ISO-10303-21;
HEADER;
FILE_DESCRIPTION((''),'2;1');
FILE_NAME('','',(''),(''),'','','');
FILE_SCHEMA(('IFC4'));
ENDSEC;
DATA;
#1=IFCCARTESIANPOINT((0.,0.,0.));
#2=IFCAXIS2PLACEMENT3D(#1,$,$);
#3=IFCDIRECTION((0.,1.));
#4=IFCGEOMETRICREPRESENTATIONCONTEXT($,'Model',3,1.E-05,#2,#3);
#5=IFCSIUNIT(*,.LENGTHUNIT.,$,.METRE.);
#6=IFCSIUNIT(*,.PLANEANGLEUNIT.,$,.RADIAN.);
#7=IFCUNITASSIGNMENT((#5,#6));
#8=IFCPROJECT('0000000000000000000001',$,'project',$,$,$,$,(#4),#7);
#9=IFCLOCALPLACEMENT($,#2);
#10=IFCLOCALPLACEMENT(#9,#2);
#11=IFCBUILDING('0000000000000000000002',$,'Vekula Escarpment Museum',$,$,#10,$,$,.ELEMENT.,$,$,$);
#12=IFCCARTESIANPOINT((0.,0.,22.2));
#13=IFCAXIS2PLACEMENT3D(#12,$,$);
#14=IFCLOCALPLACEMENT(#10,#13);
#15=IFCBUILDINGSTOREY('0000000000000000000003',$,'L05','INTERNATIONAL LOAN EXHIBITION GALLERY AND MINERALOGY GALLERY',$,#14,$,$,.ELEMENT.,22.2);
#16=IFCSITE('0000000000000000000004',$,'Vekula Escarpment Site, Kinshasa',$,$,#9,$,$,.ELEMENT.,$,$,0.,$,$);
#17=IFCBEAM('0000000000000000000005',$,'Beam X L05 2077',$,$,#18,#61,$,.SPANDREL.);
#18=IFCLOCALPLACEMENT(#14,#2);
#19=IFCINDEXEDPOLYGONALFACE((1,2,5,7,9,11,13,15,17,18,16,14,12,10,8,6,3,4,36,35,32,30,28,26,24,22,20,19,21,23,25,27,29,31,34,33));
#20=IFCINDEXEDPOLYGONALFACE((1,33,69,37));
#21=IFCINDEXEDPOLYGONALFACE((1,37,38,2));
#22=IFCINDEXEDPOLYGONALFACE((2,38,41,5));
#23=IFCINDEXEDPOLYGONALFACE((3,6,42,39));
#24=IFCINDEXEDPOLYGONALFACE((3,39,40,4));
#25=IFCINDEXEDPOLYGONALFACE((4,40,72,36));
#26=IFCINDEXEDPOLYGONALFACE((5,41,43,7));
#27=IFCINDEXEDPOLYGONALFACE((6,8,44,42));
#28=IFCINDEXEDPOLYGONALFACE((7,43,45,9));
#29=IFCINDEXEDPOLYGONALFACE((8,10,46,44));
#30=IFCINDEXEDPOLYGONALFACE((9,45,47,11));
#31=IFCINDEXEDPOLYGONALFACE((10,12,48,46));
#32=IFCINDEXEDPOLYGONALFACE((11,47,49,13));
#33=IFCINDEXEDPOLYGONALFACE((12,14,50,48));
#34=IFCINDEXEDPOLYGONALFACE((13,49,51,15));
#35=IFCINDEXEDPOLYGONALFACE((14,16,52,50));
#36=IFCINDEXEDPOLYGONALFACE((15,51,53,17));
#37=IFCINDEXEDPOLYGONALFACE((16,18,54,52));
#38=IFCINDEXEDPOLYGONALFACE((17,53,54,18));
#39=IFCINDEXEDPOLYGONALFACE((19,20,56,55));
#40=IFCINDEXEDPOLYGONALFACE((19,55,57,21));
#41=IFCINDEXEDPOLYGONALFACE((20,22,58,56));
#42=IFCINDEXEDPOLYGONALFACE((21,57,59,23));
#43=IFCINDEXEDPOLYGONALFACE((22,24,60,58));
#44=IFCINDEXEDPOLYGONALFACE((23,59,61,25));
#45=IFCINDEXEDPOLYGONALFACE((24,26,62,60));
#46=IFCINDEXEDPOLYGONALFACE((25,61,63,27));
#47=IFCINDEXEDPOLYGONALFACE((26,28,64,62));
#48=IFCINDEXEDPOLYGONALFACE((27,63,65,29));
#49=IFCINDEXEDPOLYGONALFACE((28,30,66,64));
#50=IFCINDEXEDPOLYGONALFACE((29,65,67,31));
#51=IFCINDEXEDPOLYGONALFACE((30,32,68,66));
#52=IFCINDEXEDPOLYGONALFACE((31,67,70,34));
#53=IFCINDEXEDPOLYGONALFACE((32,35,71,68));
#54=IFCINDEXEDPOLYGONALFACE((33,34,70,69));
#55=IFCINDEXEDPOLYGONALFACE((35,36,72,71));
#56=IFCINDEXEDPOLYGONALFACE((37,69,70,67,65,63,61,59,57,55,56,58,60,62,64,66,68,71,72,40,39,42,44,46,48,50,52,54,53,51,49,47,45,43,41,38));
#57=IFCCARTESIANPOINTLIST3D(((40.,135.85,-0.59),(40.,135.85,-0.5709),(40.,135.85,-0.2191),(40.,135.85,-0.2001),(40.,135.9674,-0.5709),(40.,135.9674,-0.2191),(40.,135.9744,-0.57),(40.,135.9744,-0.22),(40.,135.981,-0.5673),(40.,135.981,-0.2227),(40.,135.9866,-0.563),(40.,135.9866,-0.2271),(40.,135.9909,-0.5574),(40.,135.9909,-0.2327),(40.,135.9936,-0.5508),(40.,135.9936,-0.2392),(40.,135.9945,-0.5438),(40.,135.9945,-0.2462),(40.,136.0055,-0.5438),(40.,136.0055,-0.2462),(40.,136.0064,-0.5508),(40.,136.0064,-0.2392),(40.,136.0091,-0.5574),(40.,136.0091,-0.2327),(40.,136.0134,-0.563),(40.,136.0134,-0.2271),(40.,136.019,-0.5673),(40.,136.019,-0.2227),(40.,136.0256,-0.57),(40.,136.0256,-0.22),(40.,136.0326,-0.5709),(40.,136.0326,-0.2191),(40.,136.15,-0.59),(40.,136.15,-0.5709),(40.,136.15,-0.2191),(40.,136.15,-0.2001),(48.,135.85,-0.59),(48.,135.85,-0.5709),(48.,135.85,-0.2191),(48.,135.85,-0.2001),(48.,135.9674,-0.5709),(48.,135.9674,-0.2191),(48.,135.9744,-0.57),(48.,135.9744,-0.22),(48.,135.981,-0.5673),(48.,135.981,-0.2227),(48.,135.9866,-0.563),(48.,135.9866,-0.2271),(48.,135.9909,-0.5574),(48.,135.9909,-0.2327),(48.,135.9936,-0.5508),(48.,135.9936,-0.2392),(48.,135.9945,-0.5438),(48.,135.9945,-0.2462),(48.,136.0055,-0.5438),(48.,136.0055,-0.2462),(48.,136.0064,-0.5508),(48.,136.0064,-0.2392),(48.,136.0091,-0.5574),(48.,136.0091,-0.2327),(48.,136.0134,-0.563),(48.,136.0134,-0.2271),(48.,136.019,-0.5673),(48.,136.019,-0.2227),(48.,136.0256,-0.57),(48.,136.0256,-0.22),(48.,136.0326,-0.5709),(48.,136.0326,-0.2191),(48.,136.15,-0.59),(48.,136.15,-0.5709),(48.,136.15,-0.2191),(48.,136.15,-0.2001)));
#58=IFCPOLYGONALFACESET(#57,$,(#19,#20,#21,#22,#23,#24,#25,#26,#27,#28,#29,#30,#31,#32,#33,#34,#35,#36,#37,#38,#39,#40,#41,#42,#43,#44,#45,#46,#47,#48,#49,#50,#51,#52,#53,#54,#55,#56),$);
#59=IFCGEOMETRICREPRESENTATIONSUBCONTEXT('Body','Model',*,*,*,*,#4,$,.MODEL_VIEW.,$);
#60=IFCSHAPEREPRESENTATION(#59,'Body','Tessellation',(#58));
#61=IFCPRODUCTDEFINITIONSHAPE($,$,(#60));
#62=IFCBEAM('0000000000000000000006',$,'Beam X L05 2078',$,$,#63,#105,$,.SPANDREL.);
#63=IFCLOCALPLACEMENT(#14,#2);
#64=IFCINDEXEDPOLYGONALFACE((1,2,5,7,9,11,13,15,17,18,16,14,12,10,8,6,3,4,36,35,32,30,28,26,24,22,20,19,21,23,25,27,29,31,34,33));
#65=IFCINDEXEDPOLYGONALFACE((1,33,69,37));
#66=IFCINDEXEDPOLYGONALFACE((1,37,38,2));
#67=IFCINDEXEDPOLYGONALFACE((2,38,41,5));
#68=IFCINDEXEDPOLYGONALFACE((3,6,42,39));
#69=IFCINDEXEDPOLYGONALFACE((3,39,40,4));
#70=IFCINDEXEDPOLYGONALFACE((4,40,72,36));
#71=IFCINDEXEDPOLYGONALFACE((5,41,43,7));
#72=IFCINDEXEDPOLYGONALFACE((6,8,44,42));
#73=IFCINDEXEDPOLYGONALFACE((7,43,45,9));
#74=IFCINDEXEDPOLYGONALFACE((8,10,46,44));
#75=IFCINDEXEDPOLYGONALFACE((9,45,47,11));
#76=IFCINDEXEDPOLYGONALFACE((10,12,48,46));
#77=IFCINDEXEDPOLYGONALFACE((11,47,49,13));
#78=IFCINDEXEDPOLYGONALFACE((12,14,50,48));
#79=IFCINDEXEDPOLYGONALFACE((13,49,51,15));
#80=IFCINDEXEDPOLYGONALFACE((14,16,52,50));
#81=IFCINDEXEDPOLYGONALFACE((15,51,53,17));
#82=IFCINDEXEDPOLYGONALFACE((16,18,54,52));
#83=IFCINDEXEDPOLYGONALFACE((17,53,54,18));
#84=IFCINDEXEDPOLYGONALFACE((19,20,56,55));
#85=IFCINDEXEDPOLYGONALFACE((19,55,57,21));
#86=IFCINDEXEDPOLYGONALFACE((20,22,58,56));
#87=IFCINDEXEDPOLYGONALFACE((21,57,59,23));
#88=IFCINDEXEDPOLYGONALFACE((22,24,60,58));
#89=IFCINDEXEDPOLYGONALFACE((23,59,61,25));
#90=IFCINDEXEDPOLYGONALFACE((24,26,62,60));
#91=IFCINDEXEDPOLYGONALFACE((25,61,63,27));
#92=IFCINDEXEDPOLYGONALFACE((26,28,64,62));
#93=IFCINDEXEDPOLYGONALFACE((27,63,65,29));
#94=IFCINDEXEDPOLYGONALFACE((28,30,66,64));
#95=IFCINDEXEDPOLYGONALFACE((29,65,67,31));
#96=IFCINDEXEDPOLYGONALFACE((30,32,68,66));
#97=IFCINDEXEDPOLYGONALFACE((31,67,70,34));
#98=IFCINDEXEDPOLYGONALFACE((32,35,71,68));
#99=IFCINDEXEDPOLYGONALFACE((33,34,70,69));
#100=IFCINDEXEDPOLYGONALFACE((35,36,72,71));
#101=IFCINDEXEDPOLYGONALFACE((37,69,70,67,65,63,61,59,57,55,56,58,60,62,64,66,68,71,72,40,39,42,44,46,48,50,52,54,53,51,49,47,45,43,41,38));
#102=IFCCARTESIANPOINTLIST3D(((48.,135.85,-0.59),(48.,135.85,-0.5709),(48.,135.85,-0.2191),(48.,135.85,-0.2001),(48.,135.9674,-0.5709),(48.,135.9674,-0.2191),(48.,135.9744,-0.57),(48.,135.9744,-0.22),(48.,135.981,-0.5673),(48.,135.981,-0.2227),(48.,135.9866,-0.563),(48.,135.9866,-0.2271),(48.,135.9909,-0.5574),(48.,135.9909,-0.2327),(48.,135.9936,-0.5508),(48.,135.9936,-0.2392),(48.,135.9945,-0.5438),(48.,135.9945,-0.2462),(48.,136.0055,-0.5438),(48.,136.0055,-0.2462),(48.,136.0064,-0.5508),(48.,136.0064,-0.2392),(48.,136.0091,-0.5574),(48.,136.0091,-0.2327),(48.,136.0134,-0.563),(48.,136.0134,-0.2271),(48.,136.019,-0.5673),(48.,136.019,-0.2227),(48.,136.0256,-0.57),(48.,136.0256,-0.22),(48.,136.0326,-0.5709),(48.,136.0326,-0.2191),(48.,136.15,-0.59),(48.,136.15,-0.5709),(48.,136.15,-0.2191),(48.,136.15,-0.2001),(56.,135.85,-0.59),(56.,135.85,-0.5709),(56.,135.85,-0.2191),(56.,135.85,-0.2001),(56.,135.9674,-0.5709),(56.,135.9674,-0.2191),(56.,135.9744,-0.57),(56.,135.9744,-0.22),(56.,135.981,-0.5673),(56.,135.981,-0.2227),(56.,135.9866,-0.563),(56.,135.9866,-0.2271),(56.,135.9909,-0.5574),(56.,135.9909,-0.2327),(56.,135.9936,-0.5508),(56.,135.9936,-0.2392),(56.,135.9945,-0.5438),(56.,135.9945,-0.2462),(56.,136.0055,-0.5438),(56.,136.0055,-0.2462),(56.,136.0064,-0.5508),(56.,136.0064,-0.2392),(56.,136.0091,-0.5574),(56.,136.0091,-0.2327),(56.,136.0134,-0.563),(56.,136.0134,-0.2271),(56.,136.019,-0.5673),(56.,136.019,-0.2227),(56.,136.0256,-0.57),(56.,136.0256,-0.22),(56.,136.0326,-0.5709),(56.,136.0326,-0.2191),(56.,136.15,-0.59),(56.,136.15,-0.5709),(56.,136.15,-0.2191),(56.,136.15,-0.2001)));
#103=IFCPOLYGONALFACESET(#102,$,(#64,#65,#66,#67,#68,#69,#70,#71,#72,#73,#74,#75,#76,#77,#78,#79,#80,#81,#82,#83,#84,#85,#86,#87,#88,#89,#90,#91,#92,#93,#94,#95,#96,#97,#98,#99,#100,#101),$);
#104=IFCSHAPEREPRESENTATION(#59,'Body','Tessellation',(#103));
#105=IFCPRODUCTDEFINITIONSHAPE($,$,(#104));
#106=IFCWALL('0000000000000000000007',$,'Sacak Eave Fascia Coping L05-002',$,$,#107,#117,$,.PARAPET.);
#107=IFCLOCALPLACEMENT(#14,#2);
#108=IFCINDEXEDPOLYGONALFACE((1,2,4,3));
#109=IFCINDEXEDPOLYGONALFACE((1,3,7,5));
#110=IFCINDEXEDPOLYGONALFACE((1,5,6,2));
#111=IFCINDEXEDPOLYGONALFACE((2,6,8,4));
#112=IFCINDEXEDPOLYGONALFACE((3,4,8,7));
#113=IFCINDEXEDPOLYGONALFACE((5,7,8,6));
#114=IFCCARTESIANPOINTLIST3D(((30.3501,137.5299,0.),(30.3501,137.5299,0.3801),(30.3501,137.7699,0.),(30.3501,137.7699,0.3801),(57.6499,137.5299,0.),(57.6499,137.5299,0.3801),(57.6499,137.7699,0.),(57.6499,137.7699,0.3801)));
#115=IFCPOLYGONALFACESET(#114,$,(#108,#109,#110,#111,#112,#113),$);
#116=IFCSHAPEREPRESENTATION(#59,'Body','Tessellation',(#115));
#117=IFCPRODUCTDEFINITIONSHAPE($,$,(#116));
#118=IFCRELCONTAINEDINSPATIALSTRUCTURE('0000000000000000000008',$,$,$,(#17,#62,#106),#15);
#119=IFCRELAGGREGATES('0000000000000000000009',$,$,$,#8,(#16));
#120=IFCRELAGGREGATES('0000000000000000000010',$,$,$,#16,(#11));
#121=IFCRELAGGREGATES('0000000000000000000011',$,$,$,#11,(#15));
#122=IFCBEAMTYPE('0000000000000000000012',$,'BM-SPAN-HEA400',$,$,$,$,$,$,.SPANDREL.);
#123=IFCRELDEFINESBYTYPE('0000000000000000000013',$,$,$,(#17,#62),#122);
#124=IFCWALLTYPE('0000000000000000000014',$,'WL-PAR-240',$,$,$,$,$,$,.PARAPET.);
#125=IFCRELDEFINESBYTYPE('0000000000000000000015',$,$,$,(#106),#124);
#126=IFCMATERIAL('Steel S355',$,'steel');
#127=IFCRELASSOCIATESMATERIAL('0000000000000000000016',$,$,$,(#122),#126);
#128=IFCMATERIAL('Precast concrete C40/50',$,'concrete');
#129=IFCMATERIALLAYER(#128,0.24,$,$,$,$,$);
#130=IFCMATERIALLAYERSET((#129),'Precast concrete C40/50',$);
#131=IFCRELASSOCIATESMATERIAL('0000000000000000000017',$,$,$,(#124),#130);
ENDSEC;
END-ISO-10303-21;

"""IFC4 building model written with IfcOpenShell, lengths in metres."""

from ifc_helpers import new_model, si_unit, direction, frame, frame_2d, origin, origin_2d, place, context, subcontext, project, spatial, rectangle, i_section, extrude, material, layer, layer_set, material_profile, profile_set, type_object, element, save


model = new_model("IFC4")

# Units and contexts
model_context = context("Model", 3, precision=1e-05, world=origin(), true_north=direction((0.0, 1.0)))
body_context = subcontext(model_context, "Body", "Model", "MODEL_VIEW")
ifc_project = project(units=[si_unit("LENGTHUNIT", "METRE"), si_unit("PLANEANGLEUNIT", "RADIAN")], contexts=[model_context])

# Site, building, storey
site_placement = place(None, origin())
site = spatial("IfcSite", under=ifc_project, at=site_placement, Name="Vekula Escarpment Site, Kinshasa", CompositionType="ELEMENT", RefElevation=0.0)
building_placement = place(site_placement, origin())
building = spatial("IfcBuilding", under=site, at=building_placement, Name="Vekula Escarpment Museum", CompositionType="ELEMENT")
storey_placement = place(building_placement, frame((0.0, 0.0, 22.2)))
storey = spatial("IfcBuildingStorey", under=building, at=storey_placement, Name="L05", Description="INTERNATIONAL LOAN EXHIBITION GALLERY AND MINERALOGY GALLERY", CompositionType="ELEMENT", Elevation=22.2)

# Beams
ifc_material_1 = material(Name="Steel S355", Category="steel")
ifc_material_profile_1 = material_profile(ifc_material_1, i_section(OverallWidth=0.3, OverallDepth=0.3899, WebThickness=0.011, FlangeThickness=0.019, FilletRadius=0.0271, at=origin_2d()), Name="HEA 400")
ifc_profile_set_1 = profile_set([ifc_material_profile_1], Name="Steel S355")
beam_type_1 = type_object("IfcBeamType", Name="BM-SPAN-HEA400", PredefinedType="SPANDREL", material=ifc_profile_set_1)
for number, where, z_axis, x_axis, name in (
    (1, (40.0, 136.0, -0.395), (1.0, 0.0, 0.0), (0.0, 1.0, 0.0), "Beam X L05 2077"),
    (2, (48.0, 136.0, -0.395), (1.0, 0.0, 0.0), (0.0, 1.0, 0.0), "Beam X L05 2078"),
):
    element("IfcBeam", number, at=place(storey_placement, frame(where, z_axis=z_axis, x_axis=x_axis)), inside=storey, type_object=beam_type_1, Name=name, PredefinedType="SPANDREL", context=body_context, shape_type="SweptSolid", body=[
        extrude(i_section(OverallWidth=0.3, OverallDepth=0.3899, WebThickness=0.011, FlangeThickness=0.019, FilletRadius=0.0271, at=origin_2d()), origin(), (0.0, 0.0, 1.0), 8.0),
    ])

# Wall
ifc_material_2 = material(Name="Precast concrete C40/50", Category="concrete")
ifc_layer = layer(ifc_material_2, 0.24)
ifc_layer_set = layer_set([ifc_layer], Name="Precast concrete C40/50")
wall_type = type_object("IfcWallType", Name="WL-PAR-240", PredefinedType="PARAPET", material=ifc_layer_set)
wall_placement = place(storey_placement, frame((30.3501, 137.6499, 0.0), z_axis=(0.0, 0.0, 1.0), x_axis=(1.0, 0.0, 0.0)))
element("IfcWall", 3, at=wall_placement, inside=storey, type_object=wall_type, Name="Sacak Eave Fascia Coping L05-002", PredefinedType="PARAPET", context=body_context, shape_type="SweptSolid", body=[
    extrude(rectangle(XDim=27.2998, YDim=0.24, at=frame_2d((13.6499, 0.0))), origin(), (0.0, 0.0, 1.0), 0.3801),
])

save(model, "model.ifc")
